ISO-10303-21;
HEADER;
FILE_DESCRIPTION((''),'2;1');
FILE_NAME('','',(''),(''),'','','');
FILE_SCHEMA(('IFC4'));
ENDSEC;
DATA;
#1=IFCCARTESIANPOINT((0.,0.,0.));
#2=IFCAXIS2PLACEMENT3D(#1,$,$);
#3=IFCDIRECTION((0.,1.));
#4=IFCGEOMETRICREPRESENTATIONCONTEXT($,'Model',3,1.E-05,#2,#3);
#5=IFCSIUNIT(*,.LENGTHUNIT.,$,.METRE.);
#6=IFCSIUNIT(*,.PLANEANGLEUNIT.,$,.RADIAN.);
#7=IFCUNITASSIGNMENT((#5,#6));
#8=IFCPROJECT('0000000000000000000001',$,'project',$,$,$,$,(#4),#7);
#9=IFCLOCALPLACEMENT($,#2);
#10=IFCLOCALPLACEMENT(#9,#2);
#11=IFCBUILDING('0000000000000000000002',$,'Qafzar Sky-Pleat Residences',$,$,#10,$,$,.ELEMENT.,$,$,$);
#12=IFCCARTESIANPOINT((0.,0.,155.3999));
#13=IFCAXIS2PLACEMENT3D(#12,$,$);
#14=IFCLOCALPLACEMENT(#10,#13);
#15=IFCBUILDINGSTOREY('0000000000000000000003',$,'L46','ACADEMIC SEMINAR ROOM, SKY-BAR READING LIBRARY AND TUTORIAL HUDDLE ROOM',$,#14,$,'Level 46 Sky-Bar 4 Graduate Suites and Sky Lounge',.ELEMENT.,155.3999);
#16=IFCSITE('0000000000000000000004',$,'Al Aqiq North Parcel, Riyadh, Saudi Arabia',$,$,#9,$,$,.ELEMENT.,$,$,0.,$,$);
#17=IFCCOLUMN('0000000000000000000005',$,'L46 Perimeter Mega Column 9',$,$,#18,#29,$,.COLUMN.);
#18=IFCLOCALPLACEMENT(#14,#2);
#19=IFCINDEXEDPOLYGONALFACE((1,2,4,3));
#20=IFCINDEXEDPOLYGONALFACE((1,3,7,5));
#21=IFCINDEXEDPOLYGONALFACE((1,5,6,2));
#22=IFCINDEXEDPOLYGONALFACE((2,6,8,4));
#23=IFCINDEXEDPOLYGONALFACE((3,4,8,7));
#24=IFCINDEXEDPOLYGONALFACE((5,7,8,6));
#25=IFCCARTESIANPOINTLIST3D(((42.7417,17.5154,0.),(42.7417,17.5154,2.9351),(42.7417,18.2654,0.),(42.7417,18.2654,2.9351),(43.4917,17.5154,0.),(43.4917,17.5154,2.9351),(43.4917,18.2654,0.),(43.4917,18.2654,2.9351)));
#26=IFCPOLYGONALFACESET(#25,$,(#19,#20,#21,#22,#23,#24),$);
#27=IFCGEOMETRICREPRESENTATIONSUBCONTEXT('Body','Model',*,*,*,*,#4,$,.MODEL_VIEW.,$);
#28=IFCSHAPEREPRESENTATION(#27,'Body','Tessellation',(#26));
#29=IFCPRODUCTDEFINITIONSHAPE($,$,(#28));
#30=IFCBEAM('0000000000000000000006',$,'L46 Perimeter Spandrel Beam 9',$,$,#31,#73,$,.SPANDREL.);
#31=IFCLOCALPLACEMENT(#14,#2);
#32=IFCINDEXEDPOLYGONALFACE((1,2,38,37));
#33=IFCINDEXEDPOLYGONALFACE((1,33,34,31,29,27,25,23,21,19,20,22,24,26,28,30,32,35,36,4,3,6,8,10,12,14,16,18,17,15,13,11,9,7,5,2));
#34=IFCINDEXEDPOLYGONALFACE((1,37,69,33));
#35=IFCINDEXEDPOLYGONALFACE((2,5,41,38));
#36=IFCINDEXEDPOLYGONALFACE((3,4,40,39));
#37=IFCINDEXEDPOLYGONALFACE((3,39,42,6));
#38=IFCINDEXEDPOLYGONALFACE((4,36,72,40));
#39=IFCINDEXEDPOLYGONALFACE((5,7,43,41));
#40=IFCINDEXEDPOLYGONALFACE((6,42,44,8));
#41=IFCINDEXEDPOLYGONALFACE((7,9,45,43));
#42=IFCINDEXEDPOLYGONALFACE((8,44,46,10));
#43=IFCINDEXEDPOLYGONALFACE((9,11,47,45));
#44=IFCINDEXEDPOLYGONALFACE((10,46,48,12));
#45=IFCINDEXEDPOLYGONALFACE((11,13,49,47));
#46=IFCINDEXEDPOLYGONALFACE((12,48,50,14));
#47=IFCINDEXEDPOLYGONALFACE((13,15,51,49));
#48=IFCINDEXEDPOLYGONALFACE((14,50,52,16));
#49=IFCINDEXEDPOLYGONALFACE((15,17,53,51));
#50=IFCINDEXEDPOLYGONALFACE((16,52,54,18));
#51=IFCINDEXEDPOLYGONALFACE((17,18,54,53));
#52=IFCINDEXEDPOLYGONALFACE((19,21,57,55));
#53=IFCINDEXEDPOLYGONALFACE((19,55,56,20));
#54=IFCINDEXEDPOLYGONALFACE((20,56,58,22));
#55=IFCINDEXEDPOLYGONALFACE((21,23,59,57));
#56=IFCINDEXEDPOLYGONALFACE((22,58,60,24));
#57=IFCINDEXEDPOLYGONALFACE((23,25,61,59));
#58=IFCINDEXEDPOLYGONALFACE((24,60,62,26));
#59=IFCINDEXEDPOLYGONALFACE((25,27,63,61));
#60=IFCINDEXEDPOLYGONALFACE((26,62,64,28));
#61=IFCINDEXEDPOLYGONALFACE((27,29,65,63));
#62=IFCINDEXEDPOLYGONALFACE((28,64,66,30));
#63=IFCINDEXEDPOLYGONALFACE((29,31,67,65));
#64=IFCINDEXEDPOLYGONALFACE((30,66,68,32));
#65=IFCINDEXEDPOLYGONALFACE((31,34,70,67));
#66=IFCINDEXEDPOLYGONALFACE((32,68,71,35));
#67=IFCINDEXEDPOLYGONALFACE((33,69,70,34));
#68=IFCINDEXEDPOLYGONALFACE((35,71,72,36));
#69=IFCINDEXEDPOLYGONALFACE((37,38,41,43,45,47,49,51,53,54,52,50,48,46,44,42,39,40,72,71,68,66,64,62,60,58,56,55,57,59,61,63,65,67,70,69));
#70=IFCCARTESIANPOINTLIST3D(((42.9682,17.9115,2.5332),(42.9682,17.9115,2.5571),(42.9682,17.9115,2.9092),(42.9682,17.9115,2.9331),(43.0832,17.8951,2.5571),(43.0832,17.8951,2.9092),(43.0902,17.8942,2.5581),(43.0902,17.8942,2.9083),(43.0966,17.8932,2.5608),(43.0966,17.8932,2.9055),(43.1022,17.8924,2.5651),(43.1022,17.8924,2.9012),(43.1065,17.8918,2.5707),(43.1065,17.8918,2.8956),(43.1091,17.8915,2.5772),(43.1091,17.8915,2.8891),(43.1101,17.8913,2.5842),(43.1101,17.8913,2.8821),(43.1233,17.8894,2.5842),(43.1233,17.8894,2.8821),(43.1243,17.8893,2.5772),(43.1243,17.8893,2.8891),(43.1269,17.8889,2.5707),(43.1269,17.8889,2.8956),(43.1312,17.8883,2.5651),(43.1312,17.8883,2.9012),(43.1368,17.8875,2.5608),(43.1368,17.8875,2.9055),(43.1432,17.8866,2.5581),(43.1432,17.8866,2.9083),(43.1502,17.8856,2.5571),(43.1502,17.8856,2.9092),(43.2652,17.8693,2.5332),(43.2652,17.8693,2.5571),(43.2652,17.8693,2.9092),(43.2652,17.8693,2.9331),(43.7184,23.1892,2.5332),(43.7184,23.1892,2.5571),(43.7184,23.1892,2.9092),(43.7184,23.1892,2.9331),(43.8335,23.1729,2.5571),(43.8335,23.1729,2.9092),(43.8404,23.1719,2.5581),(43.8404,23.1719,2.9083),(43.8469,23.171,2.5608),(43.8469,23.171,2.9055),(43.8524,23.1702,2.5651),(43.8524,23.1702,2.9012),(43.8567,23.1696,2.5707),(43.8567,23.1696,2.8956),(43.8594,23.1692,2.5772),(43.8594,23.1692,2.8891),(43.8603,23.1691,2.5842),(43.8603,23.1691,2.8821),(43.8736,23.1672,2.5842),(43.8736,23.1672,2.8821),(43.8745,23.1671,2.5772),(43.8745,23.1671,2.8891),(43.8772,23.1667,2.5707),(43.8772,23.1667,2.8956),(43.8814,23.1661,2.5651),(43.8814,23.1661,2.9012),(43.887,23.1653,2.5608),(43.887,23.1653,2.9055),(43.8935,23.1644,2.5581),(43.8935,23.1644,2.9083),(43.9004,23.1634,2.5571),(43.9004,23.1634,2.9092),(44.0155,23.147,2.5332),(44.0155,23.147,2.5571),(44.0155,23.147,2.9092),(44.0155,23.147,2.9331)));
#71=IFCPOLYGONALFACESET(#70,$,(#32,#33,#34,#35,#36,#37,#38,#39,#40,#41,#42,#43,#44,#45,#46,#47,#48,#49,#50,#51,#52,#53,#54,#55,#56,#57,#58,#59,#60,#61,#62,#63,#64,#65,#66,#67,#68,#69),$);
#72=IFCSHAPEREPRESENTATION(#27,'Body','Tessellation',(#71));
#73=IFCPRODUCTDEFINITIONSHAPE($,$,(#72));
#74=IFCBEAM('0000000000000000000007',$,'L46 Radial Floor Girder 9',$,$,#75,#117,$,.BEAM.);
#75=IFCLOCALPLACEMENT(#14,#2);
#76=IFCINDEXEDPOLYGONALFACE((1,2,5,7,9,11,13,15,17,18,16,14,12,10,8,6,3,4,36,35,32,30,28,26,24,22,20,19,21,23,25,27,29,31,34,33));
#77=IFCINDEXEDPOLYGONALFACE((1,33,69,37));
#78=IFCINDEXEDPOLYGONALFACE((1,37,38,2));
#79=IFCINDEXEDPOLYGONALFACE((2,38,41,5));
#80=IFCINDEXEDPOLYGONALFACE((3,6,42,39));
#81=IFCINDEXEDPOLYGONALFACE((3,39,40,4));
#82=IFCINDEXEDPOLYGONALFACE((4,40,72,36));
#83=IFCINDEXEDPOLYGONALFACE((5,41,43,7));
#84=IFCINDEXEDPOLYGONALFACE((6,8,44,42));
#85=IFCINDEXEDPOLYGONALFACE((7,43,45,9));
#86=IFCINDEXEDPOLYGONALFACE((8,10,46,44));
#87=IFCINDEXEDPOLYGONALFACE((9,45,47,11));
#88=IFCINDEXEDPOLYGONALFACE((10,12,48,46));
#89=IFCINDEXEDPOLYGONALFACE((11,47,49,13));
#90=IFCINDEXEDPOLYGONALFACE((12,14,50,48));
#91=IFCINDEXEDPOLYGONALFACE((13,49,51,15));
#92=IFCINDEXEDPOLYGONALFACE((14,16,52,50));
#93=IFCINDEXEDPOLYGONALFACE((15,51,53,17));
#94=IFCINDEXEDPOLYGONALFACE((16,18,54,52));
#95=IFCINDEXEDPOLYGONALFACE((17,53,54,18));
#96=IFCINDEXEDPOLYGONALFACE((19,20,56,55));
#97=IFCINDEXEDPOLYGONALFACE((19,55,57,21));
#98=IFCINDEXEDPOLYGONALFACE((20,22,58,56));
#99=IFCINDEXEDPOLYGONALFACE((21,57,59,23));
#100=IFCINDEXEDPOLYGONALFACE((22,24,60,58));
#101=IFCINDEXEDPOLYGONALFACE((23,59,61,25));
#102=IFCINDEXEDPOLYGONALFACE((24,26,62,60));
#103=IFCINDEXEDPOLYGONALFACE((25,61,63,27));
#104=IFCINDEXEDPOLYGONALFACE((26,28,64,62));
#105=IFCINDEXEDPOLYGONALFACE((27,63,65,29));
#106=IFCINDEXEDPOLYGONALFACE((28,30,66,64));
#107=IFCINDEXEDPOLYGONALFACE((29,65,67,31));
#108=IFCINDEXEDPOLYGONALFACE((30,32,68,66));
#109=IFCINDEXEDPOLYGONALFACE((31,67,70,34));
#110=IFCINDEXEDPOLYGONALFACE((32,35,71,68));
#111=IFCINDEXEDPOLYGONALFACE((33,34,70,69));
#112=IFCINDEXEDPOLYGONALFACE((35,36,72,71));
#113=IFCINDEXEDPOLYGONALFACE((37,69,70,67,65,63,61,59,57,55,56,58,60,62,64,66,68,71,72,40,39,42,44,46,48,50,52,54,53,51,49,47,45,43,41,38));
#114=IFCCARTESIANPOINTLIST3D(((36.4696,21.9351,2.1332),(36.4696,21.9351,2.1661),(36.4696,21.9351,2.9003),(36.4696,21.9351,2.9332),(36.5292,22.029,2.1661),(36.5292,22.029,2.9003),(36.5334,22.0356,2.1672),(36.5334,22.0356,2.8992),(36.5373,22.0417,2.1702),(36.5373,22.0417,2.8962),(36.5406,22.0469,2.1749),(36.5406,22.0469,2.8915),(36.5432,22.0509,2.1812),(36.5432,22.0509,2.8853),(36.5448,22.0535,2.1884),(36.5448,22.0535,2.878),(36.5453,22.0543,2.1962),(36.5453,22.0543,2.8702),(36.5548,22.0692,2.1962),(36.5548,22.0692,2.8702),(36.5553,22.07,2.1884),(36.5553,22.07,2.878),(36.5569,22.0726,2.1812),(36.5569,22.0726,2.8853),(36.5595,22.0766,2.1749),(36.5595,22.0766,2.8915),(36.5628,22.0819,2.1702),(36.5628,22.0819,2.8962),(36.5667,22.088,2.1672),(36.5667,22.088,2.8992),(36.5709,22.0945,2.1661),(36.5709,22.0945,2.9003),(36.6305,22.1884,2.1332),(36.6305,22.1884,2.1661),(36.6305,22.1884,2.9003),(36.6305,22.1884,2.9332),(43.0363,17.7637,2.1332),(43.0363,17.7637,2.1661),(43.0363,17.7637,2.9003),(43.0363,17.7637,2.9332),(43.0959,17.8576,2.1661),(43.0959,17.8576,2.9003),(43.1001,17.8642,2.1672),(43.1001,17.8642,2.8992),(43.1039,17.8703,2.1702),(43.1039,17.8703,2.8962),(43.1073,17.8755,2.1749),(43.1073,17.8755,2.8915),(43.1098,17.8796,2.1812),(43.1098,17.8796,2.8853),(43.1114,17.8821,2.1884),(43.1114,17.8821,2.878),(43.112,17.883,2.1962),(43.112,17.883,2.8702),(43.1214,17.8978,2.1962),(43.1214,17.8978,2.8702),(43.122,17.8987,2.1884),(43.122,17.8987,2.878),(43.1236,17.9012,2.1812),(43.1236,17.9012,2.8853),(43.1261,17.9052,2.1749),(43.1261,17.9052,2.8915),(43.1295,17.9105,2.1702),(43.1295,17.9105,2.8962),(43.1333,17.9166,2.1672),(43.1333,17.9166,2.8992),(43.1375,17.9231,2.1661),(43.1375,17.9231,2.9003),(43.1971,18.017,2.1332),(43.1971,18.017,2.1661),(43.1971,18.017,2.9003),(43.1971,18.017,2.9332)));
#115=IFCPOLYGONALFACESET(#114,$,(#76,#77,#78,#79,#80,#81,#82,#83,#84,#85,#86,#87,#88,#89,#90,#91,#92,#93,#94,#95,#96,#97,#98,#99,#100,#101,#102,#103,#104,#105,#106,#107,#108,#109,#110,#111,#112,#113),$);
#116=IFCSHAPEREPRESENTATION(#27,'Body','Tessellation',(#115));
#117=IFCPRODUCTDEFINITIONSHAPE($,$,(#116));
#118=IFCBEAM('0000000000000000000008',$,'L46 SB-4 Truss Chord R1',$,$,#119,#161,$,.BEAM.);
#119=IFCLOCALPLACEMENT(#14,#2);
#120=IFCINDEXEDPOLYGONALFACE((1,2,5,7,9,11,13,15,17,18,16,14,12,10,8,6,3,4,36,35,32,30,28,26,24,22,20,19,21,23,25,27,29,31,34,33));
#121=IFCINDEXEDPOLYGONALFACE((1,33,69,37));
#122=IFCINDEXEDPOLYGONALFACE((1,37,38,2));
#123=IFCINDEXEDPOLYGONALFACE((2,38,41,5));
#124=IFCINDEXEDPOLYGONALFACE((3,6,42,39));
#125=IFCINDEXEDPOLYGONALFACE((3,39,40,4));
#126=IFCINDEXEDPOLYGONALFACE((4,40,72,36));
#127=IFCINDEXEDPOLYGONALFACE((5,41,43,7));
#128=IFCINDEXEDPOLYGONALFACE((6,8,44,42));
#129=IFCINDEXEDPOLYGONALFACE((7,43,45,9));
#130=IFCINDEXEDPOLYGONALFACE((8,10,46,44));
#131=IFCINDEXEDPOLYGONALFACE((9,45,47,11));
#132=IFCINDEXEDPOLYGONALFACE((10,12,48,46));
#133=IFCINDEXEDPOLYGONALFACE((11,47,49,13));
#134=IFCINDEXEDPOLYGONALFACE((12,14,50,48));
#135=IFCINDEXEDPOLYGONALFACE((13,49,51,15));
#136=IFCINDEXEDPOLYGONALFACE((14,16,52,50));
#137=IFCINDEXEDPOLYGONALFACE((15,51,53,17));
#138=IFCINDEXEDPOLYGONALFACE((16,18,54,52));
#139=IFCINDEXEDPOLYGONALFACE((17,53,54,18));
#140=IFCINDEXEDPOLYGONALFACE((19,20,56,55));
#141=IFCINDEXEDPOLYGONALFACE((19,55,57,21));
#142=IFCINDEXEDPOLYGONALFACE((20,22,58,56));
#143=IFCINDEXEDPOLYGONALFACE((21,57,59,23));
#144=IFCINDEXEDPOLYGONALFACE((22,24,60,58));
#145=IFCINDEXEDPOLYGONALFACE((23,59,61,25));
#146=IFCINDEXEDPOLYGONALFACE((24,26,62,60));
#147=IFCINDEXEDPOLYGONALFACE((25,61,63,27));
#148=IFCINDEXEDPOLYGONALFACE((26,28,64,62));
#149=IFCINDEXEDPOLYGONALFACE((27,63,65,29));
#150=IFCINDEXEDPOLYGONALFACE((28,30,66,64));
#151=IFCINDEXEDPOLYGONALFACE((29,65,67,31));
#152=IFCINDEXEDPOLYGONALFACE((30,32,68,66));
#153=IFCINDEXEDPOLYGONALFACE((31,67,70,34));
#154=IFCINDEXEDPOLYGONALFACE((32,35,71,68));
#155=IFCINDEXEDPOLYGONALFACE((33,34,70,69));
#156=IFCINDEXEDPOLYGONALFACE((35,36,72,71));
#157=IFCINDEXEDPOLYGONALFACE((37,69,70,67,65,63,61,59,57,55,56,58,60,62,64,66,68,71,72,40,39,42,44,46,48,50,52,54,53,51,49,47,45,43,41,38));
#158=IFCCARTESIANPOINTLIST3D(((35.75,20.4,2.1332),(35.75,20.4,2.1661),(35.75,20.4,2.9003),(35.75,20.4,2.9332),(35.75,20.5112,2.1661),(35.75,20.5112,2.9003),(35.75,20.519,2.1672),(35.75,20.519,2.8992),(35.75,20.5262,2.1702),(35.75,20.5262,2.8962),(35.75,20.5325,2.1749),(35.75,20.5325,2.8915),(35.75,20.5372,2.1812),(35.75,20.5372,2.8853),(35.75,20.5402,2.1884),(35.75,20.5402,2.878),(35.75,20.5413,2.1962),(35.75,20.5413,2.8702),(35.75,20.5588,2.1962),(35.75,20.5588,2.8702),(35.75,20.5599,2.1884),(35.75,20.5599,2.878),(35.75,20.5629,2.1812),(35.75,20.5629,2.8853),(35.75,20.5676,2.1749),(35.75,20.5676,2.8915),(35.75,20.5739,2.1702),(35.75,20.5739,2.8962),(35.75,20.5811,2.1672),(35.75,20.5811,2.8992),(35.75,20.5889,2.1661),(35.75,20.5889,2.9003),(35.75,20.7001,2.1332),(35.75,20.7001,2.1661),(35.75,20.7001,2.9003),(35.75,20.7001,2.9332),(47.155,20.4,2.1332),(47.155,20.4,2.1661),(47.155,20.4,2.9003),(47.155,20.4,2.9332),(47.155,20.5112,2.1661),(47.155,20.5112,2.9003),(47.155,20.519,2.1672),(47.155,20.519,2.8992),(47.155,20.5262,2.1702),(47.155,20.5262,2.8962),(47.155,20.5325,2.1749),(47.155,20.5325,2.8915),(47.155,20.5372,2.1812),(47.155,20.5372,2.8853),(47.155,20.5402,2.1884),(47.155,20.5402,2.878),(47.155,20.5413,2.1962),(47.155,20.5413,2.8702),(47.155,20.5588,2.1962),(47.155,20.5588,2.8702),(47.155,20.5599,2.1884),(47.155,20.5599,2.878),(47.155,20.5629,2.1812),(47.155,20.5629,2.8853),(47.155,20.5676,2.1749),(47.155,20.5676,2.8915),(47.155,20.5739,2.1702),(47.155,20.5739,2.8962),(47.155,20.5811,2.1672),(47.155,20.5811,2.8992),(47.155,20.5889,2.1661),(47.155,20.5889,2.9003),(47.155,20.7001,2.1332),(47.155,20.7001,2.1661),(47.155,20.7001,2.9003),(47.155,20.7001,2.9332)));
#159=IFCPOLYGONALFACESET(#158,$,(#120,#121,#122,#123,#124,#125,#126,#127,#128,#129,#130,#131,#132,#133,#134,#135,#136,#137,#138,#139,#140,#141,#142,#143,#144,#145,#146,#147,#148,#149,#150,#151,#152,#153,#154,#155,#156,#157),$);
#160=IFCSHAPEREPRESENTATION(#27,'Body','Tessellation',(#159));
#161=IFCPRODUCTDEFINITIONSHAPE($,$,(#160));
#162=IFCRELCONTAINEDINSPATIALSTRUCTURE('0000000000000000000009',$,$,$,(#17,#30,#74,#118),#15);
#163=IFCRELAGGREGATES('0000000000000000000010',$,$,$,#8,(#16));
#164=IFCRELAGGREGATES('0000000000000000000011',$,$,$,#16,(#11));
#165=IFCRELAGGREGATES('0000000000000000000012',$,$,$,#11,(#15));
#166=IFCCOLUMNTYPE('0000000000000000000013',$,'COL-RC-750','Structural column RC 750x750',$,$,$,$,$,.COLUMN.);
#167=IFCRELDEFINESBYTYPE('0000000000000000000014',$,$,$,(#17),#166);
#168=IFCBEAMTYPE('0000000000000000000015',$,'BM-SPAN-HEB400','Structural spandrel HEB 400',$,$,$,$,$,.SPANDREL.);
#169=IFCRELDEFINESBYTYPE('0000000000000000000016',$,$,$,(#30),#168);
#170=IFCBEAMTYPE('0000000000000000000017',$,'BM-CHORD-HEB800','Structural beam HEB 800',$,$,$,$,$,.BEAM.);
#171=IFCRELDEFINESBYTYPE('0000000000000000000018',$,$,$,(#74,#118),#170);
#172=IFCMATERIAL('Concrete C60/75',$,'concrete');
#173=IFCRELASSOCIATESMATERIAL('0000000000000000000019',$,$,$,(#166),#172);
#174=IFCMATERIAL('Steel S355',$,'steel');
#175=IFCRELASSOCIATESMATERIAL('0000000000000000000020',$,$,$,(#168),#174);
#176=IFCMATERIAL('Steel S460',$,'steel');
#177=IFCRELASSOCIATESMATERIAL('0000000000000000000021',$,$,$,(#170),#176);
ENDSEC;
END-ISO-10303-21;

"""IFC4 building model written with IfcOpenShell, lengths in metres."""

from ifc_helpers import new_model, si_unit, direction, frame, origin, origin_2d, place, context, subcontext, project, spatial, rectangle, i_section, extrude, source, transform, mapped, material, material_profile, profile_set, type_object, element, save


model = new_model("IFC4")

# Units and contexts
model_context = context("Model", 3, precision=1e-05, world=origin(), true_north=direction((0.0, 1.0)))
body_context = subcontext(model_context, "Body", "Model", "MODEL_VIEW")
ifc_project = project(units=[si_unit("LENGTHUNIT", "METRE"), si_unit("PLANEANGLEUNIT", "RADIAN")], contexts=[model_context])

# Site, building, storey
site_placement = place(None, origin())
site = spatial("IfcSite", under=ifc_project, at=site_placement, Name="Al Aqiq North Parcel, Riyadh, Saudi Arabia", CompositionType="ELEMENT", RefElevation=0.0)
building_placement = place(site_placement, origin())
building = spatial("IfcBuilding", under=site, at=building_placement, Name="Qafzar Sky-Pleat Residences", CompositionType="ELEMENT")
storey_placement = place(building_placement, frame((0.0, 0.0, 155.3999)))
storey = spatial("IfcBuildingStorey", under=building, at=storey_placement, Name="L46", Description="ACADEMIC SEMINAR ROOM, SKY-BAR READING LIBRARY AND TUTORIAL HUDDLE ROOM", LongName="Level 46 Sky-Bar 4 Graduate Suites and Sky Lounge", CompositionType="ELEMENT", Elevation=155.3999)

# Column
ifc_material_1 = material(Name="Concrete C60/75", Category="concrete")
ifc_material_profile_1 = material_profile(ifc_material_1, rectangle(XDim=0.75, YDim=0.75, at=origin_2d()), Name="RC 750x750")
ifc_profile_set_1 = profile_set([ifc_material_profile_1], Name="Concrete C60/75")
column_type = type_object("IfcColumnType", Name="COL-RC-750", Description="Structural column RC 750x750", PredefinedType="COLUMN", material=ifc_profile_set_1)
shared_shape_1 = source(origin(), body_context, "Body", "SweptSolid", [
    extrude(rectangle(XDim=0.75, YDim=0.75, at=origin_2d()), origin(), (0.0, 0.0, 1.0), 2.9351),
])
column_placement = place(storey_placement, frame((43.1167, 17.8904, 0.0), z_axis=(0.0, 0.0, 1.0), x_axis=(1.0, 0.0, 0.0)))
element("IfcColumn", 1, at=column_placement, inside=storey, type_object=column_type, Name="L46 Perimeter Mega Column 9", PredefinedType="COLUMN", context=body_context, shape_type="MappedRepresentation", body=[
    mapped(shared_shape_1, transform((0.0, 0.0, 0.0), x_axis=(1.0, 0.0, 0.0), y_axis=(0.0, 1.0, 0.0), z_axis=(0.0, 0.0, 1.0), scale=1.0)),
])

# Beams
ifc_material_2 = material(Name="Steel S355", Category="steel")
ifc_material_profile_2 = material_profile(ifc_material_2, i_section(OverallWidth=0.3, OverallDepth=0.3999, WebThickness=0.0134, FlangeThickness=0.0239, FilletRadius=0.0271, at=origin_2d()), Name="HEB 400")
ifc_profile_set_2 = profile_set([ifc_material_profile_2], Name="Steel S355")
beam_type_1 = type_object("IfcBeamType", Name="BM-SPAN-HEB400", Description="Structural spandrel HEB 400", PredefinedType="SPANDREL", material=ifc_profile_set_2)
shared_shape_2 = source(origin(), body_context, "Body", "SweptSolid", [
    extrude(i_section(OverallWidth=0.3, OverallDepth=0.3999, WebThickness=0.0134, FlangeThickness=0.0239, FilletRadius=0.0271, at=origin_2d()), origin(), (0.0, 0.0, 1.0), 5.3308),
])
beam_1_placement = place(storey_placement, frame((43.1167, 17.8904, 2.7332), z_axis=(0.140735, 0.990047, 0.0), x_axis=(-0.990047, 0.140735, 0.0)))
element("IfcBeam", 2, at=beam_1_placement, inside=storey, type_object=beam_type_1, Name="L46 Perimeter Spandrel Beam 9", PredefinedType="SPANDREL", context=body_context, shape_type="MappedRepresentation", body=[
    mapped(shared_shape_2, transform((0.0, 0.0, 0.0), x_axis=(1.0, 0.0, 0.0), y_axis=(0.0, 1.0, 0.0), z_axis=(0.0, 0.0, 1.0), scale=1.0)),
])
ifc_material_3 = material(Name="Steel S460", Category="steel")
ifc_material_profile_3 = material_profile(ifc_material_3, i_section(OverallWidth=0.3, OverallDepth=0.8, WebThickness=0.0176, FlangeThickness=0.033, FilletRadius=0.03, at=origin_2d()), Name="HEB 800")
ifc_profile_set_3 = profile_set([ifc_material_profile_3], Name="Steel S460")
beam_type_2 = type_object("IfcBeamType", Name="BM-CHORD-HEB800", Description="Structural beam HEB 800", PredefinedType="BEAM", material=ifc_profile_set_3)
shared_shape_3 = source(origin(), body_context, "Body", "SweptSolid", [
    extrude(i_section(OverallWidth=0.3, OverallDepth=0.8, WebThickness=0.0176, FlangeThickness=0.033, FilletRadius=0.03, at=origin_2d()), origin(), (0.0, 0.0, 1.0), 7.7795),
])
beam_2_placement = place(storey_placement, frame((43.1167, 17.8904, 2.5332), z_axis=(-0.844092, 0.536199, 0.0), x_axis=(-0.536199, -0.844092, 0.0)))
element("IfcBeam", 3, at=beam_2_placement, inside=storey, type_object=beam_type_2, Name="L46 Radial Floor Girder 9", PredefinedType="BEAM", context=body_context, shape_type="MappedRepresentation", body=[
    mapped(shared_shape_3, transform((0.0, 0.0, 0.0), x_axis=(1.0, 0.0, 0.0), y_axis=(0.0, 1.0, 0.0), z_axis=(0.0, 0.0, 1.0), scale=1.0)),
])
shared_shape_4 = source(origin(), body_context, "Body", "SweptSolid", [
    extrude(i_section(OverallWidth=0.3, OverallDepth=0.8, WebThickness=0.0176, FlangeThickness=0.033, FilletRadius=0.03, at=origin_2d()), origin(), (0.0, 0.0, 1.0), 11.405),
])
beam_3_placement = place(storey_placement, frame((35.75, 20.55, 2.5332), z_axis=(1.0, 0.0, 0.0), x_axis=(0.0, 1.0, 0.0)))
element("IfcBeam", 4, at=beam_3_placement, inside=storey, type_object=beam_type_2, Name="L46 SB-4 Truss Chord R1", PredefinedType="BEAM", context=body_context, shape_type="MappedRepresentation", body=[
    mapped(shared_shape_4, transform((0.0, 0.0, 0.0), x_axis=(1.0, 0.0, 0.0), y_axis=(0.0, 1.0, 0.0), z_axis=(0.0, 0.0, 1.0), scale=1.0)),
])

save(model, "model.ifc")
